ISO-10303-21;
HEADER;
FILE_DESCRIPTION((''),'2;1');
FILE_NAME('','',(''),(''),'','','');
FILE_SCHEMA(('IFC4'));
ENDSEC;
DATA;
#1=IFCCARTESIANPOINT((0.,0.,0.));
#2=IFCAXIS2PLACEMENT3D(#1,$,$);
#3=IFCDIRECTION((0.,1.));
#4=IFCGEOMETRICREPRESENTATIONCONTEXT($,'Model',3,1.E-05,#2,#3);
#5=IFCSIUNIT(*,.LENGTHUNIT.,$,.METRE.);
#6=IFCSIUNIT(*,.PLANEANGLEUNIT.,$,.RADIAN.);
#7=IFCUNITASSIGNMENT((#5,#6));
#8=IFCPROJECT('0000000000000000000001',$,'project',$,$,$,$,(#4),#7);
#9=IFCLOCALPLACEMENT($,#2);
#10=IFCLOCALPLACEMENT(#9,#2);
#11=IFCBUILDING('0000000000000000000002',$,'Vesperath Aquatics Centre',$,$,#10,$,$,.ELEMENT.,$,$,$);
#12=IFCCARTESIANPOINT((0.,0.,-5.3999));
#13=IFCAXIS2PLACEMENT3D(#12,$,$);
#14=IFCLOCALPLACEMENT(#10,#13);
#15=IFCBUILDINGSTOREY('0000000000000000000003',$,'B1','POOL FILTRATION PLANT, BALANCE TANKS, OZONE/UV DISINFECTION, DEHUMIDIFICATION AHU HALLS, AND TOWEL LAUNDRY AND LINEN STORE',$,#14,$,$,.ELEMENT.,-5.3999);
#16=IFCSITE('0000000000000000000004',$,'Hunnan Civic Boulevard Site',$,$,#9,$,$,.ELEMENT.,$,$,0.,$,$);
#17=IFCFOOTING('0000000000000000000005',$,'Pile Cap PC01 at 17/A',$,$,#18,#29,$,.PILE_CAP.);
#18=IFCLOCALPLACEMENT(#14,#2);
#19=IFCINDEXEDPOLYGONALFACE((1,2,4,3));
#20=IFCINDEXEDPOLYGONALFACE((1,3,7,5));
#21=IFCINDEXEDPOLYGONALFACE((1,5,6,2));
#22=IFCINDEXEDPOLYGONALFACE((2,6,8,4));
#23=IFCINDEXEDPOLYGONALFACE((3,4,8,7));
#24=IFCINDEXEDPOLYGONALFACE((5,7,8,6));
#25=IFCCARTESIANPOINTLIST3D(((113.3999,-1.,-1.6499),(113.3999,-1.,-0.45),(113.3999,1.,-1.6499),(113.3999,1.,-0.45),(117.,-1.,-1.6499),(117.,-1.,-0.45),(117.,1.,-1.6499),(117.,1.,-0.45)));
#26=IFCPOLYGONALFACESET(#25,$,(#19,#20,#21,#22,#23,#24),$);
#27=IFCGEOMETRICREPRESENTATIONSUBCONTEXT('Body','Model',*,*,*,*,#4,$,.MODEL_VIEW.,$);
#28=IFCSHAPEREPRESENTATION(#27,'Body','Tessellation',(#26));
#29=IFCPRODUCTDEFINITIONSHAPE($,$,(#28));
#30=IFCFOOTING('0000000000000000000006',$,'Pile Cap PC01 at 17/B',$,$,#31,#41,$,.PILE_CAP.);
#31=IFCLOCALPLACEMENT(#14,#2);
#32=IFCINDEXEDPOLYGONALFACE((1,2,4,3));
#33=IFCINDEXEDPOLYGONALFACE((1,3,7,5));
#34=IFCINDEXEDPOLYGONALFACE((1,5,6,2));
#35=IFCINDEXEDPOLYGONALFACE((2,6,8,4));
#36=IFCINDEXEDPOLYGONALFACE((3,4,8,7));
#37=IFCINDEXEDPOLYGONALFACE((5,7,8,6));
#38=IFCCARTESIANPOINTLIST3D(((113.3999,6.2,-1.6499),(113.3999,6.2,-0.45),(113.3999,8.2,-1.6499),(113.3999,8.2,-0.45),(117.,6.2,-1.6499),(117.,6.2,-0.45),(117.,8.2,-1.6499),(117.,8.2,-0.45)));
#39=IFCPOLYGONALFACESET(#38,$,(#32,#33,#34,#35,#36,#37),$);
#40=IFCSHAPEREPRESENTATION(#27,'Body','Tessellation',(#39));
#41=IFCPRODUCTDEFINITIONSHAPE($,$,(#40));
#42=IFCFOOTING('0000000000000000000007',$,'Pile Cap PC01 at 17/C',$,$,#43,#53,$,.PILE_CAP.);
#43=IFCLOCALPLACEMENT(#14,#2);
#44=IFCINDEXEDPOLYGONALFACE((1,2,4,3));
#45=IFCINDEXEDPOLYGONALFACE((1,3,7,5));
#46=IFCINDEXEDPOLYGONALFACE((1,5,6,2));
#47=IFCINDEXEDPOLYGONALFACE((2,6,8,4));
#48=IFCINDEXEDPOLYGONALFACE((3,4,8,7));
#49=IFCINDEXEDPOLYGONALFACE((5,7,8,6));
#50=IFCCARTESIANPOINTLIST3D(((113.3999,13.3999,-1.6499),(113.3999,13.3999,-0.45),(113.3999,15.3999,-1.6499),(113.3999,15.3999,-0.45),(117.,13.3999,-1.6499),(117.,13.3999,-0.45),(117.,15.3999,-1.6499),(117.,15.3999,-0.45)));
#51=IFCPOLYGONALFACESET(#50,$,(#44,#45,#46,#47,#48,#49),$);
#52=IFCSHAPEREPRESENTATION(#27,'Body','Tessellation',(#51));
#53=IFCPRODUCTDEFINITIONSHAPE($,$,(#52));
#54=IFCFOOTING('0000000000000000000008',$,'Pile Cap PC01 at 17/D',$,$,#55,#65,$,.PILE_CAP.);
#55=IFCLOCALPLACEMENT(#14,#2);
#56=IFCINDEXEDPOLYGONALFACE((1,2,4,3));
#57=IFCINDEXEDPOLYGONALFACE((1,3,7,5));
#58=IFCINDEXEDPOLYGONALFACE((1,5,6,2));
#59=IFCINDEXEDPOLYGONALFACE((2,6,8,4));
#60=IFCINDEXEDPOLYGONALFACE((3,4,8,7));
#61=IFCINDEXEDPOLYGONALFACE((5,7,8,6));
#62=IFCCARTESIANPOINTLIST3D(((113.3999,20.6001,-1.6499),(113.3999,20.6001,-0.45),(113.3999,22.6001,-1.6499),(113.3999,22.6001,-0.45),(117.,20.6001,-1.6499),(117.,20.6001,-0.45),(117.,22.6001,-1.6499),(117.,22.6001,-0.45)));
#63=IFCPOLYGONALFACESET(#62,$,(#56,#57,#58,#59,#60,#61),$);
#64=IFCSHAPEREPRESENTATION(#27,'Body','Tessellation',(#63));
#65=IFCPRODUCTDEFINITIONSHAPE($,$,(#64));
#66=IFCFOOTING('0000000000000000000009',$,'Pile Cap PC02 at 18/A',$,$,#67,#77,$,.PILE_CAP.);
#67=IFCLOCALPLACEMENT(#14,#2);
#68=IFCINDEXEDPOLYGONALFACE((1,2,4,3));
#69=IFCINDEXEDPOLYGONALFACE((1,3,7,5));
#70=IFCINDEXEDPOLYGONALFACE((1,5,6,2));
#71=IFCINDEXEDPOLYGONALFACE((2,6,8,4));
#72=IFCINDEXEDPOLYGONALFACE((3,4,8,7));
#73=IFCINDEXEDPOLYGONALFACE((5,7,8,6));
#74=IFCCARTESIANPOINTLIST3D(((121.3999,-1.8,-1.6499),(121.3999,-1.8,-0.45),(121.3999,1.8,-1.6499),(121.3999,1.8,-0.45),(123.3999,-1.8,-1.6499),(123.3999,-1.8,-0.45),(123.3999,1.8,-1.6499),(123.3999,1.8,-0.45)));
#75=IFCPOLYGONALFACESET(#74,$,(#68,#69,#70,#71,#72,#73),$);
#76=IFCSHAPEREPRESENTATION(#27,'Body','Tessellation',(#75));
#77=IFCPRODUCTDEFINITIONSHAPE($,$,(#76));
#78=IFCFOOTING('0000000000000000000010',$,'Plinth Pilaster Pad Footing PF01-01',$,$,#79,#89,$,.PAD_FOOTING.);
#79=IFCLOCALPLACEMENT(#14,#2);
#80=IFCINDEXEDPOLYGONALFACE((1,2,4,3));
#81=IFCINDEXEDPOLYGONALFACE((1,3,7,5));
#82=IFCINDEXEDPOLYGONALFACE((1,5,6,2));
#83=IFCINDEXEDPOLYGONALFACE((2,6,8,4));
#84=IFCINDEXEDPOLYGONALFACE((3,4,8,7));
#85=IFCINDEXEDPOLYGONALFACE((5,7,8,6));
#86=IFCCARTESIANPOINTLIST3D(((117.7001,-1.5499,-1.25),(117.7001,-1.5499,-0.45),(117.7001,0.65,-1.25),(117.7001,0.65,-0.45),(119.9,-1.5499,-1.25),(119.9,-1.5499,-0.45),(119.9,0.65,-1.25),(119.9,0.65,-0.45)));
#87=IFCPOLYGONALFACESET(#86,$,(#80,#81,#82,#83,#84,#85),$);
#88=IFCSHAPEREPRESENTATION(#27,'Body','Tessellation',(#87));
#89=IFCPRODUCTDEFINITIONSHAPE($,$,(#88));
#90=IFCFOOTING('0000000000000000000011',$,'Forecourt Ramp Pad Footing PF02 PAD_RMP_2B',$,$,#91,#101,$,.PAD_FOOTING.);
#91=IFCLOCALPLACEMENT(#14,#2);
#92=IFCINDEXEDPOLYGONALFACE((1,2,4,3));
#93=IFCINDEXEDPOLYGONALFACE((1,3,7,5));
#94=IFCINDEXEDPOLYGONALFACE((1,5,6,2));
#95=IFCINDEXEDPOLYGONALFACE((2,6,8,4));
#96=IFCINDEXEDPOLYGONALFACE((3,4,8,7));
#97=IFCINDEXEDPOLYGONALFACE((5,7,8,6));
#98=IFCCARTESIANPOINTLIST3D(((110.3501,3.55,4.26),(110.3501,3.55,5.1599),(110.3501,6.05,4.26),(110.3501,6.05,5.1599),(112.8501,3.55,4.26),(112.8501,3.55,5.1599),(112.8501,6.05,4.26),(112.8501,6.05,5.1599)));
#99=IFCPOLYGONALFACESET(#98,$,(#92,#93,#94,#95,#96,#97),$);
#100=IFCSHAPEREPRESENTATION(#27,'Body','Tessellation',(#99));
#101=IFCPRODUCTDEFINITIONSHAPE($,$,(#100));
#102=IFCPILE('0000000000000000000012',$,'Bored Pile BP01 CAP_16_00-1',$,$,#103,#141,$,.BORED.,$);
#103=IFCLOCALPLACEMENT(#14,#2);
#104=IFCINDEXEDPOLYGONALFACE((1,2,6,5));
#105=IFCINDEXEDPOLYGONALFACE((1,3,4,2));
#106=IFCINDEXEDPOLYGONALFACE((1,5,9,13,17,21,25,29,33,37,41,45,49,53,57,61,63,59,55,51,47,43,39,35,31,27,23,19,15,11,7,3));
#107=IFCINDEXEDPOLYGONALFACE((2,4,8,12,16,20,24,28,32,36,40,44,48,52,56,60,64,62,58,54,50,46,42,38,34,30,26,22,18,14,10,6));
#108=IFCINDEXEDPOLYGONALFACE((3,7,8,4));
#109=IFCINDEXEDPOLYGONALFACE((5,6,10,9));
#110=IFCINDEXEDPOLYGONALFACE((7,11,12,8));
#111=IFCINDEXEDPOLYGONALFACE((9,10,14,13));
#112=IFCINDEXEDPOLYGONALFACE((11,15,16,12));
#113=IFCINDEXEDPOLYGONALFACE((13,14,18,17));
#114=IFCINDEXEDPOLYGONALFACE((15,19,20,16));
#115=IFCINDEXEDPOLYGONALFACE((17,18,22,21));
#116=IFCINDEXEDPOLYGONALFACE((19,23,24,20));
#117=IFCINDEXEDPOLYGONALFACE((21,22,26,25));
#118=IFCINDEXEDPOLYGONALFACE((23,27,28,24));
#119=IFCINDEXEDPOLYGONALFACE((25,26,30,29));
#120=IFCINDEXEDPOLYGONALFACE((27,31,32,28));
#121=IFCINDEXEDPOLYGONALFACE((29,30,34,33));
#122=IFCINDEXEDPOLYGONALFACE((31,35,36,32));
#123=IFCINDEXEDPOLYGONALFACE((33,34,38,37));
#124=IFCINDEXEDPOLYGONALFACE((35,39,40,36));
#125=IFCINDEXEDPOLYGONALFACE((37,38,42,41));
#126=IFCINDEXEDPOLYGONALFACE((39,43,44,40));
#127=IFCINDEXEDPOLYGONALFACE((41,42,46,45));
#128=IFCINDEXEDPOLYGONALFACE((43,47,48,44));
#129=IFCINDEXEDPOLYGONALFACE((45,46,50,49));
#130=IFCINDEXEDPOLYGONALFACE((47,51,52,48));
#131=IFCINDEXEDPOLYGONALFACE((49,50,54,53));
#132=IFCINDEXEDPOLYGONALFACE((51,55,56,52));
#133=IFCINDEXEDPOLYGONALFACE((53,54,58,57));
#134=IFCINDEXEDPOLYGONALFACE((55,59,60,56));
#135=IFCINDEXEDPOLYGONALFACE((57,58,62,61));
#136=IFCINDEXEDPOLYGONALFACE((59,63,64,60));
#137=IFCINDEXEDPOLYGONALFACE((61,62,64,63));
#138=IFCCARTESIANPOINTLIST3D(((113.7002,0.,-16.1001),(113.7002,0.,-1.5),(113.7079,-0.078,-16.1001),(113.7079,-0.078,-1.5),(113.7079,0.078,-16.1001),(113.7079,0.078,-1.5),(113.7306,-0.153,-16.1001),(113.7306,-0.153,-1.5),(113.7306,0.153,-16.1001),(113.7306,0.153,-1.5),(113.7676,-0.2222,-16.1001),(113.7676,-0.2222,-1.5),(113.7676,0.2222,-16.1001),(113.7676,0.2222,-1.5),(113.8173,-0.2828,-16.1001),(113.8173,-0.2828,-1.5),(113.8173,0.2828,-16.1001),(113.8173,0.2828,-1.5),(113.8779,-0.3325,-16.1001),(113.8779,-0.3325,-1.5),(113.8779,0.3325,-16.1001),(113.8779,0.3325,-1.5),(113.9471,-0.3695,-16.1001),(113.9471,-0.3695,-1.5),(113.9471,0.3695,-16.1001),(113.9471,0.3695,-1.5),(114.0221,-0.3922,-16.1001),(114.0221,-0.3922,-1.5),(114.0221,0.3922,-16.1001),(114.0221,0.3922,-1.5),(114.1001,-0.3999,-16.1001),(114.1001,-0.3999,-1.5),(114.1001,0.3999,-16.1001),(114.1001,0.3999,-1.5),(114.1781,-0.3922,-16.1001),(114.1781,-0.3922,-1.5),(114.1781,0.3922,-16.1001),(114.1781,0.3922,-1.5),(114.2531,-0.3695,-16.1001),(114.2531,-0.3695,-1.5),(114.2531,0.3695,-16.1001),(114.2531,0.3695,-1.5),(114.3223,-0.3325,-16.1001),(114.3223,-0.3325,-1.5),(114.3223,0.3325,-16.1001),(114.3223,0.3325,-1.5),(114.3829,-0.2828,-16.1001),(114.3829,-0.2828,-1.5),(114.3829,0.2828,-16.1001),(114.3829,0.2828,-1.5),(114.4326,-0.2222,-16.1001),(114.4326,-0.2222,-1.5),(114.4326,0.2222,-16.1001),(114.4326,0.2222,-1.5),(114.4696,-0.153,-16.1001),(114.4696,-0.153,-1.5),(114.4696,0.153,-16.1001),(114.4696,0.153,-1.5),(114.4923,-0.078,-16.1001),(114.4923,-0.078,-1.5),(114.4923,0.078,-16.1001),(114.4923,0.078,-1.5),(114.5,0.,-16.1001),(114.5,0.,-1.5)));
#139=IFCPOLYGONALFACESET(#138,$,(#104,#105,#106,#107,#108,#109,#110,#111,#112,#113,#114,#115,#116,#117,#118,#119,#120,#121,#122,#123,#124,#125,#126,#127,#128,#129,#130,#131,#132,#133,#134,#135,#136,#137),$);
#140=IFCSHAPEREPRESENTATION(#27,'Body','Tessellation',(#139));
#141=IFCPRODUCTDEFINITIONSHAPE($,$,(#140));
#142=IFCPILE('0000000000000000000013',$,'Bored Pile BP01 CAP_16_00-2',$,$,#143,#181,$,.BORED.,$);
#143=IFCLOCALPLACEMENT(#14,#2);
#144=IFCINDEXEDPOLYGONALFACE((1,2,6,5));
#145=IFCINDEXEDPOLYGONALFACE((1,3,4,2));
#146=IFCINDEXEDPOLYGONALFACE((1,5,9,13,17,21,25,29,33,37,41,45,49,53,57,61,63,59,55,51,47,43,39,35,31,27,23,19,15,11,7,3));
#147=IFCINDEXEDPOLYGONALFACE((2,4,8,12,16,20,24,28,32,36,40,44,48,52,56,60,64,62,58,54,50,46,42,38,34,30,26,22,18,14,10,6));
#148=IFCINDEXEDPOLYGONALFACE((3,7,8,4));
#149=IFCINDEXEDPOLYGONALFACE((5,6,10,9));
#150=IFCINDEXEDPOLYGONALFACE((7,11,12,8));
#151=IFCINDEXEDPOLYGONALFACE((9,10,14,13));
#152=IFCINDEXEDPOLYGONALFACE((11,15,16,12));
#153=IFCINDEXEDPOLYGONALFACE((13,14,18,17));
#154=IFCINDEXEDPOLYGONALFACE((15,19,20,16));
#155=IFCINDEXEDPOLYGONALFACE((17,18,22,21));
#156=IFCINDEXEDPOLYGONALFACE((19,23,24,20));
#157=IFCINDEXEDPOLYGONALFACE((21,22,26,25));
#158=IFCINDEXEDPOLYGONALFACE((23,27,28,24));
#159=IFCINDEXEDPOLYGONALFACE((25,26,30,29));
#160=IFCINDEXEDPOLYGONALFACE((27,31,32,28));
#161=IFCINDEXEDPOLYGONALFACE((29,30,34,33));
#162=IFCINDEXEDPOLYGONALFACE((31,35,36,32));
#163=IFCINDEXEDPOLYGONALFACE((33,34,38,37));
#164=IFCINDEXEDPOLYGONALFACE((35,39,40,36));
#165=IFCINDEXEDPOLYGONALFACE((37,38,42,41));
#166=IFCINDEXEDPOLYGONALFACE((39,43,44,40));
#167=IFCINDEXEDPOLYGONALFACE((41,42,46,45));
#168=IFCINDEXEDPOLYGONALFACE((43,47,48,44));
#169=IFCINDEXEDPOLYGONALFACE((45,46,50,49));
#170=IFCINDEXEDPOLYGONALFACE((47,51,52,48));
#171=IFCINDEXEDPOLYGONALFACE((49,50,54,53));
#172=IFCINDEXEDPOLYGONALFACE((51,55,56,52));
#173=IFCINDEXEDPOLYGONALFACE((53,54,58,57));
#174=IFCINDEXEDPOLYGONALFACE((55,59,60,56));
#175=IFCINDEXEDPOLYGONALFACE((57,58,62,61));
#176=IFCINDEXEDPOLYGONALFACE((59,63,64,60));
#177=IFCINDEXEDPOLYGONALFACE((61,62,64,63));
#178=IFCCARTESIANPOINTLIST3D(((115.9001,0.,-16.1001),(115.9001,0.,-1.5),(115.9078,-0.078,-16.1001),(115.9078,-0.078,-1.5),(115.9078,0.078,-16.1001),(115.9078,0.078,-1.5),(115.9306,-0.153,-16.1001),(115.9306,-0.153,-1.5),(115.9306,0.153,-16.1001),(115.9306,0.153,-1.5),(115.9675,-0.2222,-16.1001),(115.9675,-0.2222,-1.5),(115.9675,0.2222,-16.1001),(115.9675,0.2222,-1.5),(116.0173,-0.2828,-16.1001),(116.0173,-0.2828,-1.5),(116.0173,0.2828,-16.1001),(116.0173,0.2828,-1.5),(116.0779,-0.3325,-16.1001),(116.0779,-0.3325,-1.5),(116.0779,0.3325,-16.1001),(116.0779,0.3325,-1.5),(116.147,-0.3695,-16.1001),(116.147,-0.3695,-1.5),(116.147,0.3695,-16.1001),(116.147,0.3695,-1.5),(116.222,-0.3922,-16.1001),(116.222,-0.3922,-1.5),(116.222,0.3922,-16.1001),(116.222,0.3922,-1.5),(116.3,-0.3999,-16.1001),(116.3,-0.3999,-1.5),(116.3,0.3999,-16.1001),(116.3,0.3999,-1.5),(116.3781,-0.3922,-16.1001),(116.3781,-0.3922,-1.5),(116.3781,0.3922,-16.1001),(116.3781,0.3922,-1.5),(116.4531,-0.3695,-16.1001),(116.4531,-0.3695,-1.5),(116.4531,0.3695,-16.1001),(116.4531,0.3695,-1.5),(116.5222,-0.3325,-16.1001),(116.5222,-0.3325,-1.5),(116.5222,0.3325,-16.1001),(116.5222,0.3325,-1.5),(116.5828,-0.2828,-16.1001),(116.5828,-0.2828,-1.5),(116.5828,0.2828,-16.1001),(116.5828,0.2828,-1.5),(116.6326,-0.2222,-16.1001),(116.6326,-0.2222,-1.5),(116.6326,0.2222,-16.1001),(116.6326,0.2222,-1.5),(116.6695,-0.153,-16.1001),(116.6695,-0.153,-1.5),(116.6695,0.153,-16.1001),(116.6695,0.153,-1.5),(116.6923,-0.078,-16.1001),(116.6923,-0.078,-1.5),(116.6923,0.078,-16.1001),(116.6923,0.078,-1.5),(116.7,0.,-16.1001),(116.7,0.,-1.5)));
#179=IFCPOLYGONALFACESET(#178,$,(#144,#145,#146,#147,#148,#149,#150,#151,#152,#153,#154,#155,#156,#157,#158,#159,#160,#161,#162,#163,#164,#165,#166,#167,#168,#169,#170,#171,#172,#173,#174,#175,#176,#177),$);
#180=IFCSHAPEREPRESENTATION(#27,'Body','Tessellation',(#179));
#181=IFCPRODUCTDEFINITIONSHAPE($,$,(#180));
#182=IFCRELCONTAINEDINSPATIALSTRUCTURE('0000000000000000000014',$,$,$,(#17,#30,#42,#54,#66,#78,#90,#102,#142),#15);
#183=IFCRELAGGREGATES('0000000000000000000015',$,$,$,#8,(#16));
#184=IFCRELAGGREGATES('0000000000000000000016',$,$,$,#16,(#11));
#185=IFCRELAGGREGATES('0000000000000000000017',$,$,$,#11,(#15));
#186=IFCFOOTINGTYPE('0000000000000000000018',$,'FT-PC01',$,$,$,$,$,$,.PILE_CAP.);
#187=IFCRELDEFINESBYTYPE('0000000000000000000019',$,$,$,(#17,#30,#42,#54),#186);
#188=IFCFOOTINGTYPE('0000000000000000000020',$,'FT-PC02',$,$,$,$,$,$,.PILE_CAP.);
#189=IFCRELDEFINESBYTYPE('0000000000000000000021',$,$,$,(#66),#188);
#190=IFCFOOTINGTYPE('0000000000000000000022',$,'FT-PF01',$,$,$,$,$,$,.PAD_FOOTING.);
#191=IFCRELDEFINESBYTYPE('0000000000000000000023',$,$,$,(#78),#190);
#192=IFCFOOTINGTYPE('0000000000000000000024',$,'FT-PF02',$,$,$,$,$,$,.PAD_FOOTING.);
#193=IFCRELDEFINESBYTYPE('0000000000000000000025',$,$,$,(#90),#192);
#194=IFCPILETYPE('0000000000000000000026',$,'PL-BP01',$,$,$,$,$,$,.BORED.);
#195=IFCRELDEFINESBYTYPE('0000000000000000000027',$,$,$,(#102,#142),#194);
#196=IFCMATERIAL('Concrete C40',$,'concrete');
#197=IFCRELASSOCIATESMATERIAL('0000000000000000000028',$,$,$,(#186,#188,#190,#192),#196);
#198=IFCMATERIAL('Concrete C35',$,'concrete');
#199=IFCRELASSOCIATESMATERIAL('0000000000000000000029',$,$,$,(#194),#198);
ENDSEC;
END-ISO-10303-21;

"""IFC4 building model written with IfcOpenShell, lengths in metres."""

from ifc_helpers import new_model, si_unit, direction, frame, origin, origin_2d, place, context, subcontext, project, spatial, rectangle, circle, extrude, material, material_profile, profile_set, type_object, element, save


model = new_model("IFC4")

# Units and contexts
model_context = context("Model", 3, precision=1e-05, world=origin(), true_north=direction((0.0, 1.0)))
body_context = subcontext(model_context, "Body", "Model", "MODEL_VIEW")
ifc_project = project(units=[si_unit("LENGTHUNIT", "METRE"), si_unit("PLANEANGLEUNIT", "RADIAN")], contexts=[model_context])

# Site, building, storey
site_placement = place(None, origin())
site = spatial("IfcSite", under=ifc_project, at=site_placement, Name="Hunnan Civic Boulevard Site", CompositionType="ELEMENT", RefElevation=0.0)
building_placement = place(site_placement, origin())
building = spatial("IfcBuilding", under=site, at=building_placement, Name="Vesperath Aquatics Centre", CompositionType="ELEMENT")
storey_placement = place(building_placement, frame((0.0, 0.0, -5.3999)))
storey = spatial("IfcBuildingStorey", under=building, at=storey_placement, Name="B1", Description="POOL FILTRATION PLANT, BALANCE TANKS, OZONE/UV DISINFECTION, DEHUMIDIFICATION AHU HALLS, AND TOWEL LAUNDRY AND LINEN STORE", CompositionType="ELEMENT", Elevation=-5.3999)

# Footings
ifc_material_1 = material(Name="Concrete C40", Category="concrete")
footing_type_1 = type_object("IfcFootingType", Name="FT-PC01", PredefinedType="PILE_CAP", material=ifc_material_1)
for number, where, z_axis, x_axis, name in (
    (1, (115.2, 0.0, -1.6499), (0.0, 0.0, 1.0), (1.0, 0.0, 0.0), "Pile Cap PC01 at 17/A"),
    (2, (115.2, 7.2, -1.6499), (0.0, 0.0, 1.0), (1.0, 0.0, 0.0), "Pile Cap PC01 at 17/B"),
    (3, (115.2, 14.3999, -1.6499), (0.0, 0.0, 1.0), (1.0, 0.0, 0.0), "Pile Cap PC01 at 17/C"),
    (4, (115.2, 21.6001, -1.6499), (0.0, 0.0, 1.0), (1.0, 0.0, 0.0), "Pile Cap PC01 at 17/D"),
):
    element("IfcFooting", number, at=place(storey_placement, frame(where, z_axis=z_axis, x_axis=x_axis)), inside=storey, type_object=footing_type_1, Name=name, PredefinedType="PILE_CAP", context=body_context, shape_type="SweptSolid", body=[
        extrude(rectangle(XDim=3.6001, YDim=2.0, at=origin_2d()), origin(), (0.0, 0.0, 1.0), 1.2),
    ])
footing_type_2 = type_object("IfcFootingType", Name="FT-PC02", PredefinedType="PILE_CAP", material=ifc_material_1)
footing_1_placement = place(storey_placement, frame((122.3999, 0.0, -1.6499), z_axis=(0.0, 0.0, 1.0), x_axis=(1.0, 0.0, 0.0)))
element("IfcFooting", 5, at=footing_1_placement, inside=storey, type_object=footing_type_2, Name="Pile Cap PC02 at 18/A", PredefinedType="PILE_CAP", context=body_context, shape_type="SweptSolid", body=[
    extrude(rectangle(XDim=2.0, YDim=3.6001, at=origin_2d()), origin(), (0.0, 0.0, 1.0), 1.2),
])
footing_type_3 = type_object("IfcFootingType", Name="FT-PF01", PredefinedType="PAD_FOOTING", material=ifc_material_1)
footing_2_placement = place(storey_placement, frame((118.8, -0.45, -1.25), z_axis=(0.0, 0.0, 1.0), x_axis=(1.0, 0.0, 0.0)))
element("IfcFooting", 6, at=footing_2_placement, inside=storey, type_object=footing_type_3, Name="Plinth Pilaster Pad Footing PF01-01", PredefinedType="PAD_FOOTING", context=body_context, shape_type="SweptSolid", body=[
    extrude(rectangle(XDim=2.2, YDim=2.2, at=origin_2d()), origin(), (0.0, 0.0, 1.0), 0.8),
])
footing_type_4 = type_object("IfcFootingType", Name="FT-PF02", PredefinedType="PAD_FOOTING", material=ifc_material_1)
footing_3_placement = place(storey_placement, frame((111.6001, 4.8, 4.26), z_axis=(0.0, 0.0, 1.0), x_axis=(1.0, 0.0, 0.0)))
element("IfcFooting", 7, at=footing_3_placement, inside=storey, type_object=footing_type_4, Name="Forecourt Ramp Pad Footing PF02 PAD_RMP_2B", PredefinedType="PAD_FOOTING", context=body_context, shape_type="SweptSolid", body=[
    extrude(rectangle(XDim=2.5, YDim=2.5, at=origin_2d()), origin(), (0.0, 0.0, 1.0), 0.8999),
])

# Piles
ifc_material_2 = material(Name="Concrete C35", Category="concrete")
ifc_material_profile_1 = material_profile(ifc_material_2, circle(Radius=0.3999, at=origin_2d()), Name="PILE D800")
ifc_profile_set_1 = profile_set([ifc_material_profile_1], Name="Concrete C35")
pile_type = type_object("IfcPileType", Name="PL-BP01", PredefinedType="BORED", material=ifc_profile_set_1)
for number, where, z_axis, x_axis, name in (
    (8, (114.1001, 0.0, -1.5), (0.0, 0.0, -1.0), (1.0, 0.0, 0.0), "Bored Pile BP01 CAP_16_00-1"),
    (9, (116.3, 0.0, -1.5), (0.0, 0.0, -1.0), (1.0, 0.0, 0.0), "Bored Pile BP01 CAP_16_00-2"),
):
    element("IfcPile", number, at=place(storey_placement, frame(where, z_axis=z_axis, x_axis=x_axis)), inside=storey, type_object=pile_type, Name=name, PredefinedType="BORED", context=body_context, shape_type="SweptSolid", body=[
        extrude(circle(Radius=0.3999, at=origin_2d()), origin(), (0.0, 0.0, 1.0), 14.6001),
    ])

save(model, "model.ifc")
